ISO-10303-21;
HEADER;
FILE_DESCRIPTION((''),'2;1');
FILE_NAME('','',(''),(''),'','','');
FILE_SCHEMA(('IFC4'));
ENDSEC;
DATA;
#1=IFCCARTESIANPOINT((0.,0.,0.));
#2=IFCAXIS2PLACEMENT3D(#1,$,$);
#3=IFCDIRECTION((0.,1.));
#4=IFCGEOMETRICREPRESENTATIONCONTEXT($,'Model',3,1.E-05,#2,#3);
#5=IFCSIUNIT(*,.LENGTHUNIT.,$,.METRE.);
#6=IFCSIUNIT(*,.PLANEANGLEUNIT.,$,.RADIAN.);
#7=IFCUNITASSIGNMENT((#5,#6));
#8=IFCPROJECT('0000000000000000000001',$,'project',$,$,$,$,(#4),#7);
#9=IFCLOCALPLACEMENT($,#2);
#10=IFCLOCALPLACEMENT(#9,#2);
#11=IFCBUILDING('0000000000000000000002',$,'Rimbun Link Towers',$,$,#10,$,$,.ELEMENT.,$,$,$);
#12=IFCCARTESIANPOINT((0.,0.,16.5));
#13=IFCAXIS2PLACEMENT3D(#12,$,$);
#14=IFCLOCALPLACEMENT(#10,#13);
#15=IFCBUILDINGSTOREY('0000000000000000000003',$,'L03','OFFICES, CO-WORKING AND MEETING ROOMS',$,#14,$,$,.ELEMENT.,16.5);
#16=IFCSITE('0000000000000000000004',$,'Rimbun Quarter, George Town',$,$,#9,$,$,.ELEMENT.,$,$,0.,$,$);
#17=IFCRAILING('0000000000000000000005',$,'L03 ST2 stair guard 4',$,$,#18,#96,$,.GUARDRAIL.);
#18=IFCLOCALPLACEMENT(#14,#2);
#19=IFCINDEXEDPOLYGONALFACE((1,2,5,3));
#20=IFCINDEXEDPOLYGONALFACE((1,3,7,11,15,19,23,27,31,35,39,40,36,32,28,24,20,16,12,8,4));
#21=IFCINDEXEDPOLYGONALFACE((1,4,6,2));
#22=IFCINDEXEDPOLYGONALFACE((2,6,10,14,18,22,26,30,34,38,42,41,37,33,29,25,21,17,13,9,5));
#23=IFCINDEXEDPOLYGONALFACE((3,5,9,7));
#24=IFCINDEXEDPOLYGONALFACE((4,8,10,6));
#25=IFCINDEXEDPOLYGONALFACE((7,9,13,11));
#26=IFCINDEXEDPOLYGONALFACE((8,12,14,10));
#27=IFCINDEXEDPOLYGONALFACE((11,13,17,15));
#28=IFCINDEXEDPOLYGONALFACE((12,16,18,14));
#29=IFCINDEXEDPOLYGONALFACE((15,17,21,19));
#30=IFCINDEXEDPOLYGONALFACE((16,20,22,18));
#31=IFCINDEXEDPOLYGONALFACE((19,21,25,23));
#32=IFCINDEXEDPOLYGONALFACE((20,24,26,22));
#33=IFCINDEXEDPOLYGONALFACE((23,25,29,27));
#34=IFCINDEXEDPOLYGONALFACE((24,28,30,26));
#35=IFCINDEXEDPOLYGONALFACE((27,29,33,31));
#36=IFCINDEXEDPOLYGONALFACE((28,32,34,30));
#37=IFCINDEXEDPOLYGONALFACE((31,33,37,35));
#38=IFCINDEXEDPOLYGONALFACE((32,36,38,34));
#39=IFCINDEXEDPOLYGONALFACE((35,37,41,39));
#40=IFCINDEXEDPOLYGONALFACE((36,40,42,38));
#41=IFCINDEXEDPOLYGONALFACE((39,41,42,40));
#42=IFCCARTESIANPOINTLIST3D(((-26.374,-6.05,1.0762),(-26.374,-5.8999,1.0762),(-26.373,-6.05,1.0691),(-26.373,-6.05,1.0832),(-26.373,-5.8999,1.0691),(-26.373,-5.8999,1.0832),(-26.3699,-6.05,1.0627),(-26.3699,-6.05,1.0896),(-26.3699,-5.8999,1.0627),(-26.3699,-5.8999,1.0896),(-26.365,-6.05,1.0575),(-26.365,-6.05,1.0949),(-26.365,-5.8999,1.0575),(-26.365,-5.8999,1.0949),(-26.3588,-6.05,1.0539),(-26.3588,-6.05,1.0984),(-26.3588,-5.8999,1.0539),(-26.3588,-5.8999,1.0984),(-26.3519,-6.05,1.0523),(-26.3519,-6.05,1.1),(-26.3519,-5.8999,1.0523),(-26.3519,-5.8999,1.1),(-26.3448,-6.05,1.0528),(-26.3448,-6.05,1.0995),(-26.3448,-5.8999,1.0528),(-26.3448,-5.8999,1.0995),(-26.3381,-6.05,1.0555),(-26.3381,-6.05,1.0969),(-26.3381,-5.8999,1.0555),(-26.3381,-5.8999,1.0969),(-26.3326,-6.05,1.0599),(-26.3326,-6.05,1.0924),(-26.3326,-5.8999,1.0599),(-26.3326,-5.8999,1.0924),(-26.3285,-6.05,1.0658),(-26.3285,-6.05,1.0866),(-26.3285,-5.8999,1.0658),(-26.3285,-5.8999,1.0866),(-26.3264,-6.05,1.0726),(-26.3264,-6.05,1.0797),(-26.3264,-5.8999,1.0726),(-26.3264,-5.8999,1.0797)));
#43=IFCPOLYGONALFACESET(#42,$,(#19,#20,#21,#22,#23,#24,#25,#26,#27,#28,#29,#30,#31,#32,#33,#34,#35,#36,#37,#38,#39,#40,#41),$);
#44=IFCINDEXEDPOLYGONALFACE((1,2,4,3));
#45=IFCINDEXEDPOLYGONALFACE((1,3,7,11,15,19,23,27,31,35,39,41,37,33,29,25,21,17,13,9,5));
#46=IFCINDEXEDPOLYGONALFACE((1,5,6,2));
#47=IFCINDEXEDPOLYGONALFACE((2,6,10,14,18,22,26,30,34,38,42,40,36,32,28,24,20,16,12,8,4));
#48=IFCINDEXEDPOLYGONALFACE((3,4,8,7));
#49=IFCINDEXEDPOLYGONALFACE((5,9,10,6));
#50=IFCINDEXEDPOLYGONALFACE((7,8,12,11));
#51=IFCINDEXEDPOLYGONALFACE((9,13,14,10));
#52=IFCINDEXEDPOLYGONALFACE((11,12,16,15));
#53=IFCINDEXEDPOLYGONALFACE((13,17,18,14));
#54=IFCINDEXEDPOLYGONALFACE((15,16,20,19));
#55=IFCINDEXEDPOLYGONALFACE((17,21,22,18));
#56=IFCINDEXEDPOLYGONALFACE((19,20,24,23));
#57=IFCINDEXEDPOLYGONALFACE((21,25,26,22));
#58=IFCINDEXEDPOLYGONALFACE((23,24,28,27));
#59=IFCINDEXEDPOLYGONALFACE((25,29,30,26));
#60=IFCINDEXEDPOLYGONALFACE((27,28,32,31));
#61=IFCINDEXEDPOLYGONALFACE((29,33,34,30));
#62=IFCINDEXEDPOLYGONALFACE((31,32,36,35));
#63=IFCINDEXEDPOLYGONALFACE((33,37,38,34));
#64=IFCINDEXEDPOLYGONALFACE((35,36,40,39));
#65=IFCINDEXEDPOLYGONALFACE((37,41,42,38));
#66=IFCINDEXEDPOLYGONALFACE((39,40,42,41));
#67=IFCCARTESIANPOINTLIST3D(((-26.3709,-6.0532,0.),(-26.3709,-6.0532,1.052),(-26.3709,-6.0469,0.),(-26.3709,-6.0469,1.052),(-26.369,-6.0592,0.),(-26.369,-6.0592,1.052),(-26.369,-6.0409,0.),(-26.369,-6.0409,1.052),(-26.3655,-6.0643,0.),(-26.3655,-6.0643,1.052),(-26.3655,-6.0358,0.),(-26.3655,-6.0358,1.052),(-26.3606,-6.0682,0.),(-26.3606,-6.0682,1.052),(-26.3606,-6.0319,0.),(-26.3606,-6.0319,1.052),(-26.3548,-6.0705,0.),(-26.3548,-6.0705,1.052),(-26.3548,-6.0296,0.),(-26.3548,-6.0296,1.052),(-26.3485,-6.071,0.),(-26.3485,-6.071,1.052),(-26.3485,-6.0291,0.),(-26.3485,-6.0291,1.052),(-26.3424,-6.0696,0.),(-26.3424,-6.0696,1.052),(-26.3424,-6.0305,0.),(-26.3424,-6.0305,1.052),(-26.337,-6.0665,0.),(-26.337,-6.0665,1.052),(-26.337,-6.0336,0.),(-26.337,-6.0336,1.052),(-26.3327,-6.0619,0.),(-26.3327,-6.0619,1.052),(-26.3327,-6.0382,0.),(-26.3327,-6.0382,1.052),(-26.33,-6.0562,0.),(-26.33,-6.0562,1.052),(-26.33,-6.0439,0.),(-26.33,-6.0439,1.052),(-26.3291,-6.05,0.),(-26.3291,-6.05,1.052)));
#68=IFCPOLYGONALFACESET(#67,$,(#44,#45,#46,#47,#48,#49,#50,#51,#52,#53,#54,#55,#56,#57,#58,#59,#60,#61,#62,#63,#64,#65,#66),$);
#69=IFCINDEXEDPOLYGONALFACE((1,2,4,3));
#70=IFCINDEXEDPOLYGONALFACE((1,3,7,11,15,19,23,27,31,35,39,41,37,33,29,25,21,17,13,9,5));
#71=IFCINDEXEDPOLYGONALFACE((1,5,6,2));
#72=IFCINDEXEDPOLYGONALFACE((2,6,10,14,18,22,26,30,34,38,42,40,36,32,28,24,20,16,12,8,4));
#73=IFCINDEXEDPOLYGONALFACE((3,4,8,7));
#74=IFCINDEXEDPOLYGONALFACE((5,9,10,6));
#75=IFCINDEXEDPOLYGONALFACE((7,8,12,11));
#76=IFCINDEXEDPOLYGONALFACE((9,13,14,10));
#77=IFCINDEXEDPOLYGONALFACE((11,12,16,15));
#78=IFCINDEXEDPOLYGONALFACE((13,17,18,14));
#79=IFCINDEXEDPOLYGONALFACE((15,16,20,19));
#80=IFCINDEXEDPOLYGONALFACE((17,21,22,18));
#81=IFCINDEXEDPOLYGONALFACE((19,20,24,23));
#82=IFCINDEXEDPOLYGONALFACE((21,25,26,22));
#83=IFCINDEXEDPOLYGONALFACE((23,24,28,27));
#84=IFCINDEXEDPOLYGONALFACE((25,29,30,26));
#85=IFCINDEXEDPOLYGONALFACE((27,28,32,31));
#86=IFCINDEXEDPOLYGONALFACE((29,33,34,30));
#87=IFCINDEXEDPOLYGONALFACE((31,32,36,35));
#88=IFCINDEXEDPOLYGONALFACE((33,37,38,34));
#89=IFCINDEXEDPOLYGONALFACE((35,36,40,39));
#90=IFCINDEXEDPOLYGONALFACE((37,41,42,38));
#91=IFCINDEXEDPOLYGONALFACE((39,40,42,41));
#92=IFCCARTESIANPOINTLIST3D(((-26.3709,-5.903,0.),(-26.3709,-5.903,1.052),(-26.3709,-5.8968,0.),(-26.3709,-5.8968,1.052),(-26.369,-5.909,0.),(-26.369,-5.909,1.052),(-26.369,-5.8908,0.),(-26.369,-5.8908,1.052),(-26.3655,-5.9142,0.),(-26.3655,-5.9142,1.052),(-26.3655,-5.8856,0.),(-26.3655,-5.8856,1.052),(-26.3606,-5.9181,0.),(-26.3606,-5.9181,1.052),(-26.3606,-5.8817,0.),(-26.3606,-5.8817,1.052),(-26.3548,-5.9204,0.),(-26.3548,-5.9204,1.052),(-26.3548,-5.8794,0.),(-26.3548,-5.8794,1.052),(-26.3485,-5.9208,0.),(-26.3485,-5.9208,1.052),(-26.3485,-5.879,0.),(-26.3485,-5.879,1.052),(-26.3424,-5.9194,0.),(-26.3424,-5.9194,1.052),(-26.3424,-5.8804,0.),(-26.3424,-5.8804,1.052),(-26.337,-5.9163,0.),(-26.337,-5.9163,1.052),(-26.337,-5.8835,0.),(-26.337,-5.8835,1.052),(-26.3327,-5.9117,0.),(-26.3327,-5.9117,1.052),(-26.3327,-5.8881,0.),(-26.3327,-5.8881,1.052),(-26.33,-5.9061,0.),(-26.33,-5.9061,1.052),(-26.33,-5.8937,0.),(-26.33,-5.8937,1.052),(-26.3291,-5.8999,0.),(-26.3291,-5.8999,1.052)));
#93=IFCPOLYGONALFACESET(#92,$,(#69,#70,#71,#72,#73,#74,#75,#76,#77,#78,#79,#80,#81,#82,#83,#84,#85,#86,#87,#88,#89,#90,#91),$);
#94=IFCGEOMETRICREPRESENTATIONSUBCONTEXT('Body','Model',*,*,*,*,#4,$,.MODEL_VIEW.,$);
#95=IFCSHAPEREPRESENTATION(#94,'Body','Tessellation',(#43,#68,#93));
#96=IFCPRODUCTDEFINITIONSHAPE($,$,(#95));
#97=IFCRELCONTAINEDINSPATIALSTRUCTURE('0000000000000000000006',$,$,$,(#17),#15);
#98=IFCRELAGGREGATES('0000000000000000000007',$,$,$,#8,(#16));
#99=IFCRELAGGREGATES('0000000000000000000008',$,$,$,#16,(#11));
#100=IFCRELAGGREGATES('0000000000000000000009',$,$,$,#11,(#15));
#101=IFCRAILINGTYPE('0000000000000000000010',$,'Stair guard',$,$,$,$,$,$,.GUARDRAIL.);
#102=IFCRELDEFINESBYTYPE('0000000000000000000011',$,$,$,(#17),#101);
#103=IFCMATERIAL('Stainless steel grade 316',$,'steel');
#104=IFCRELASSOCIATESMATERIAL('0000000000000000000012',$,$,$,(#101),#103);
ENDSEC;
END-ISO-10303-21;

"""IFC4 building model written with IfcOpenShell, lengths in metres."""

from ifc_helpers import new_model, si_unit, direction, frame, origin, origin_2d, place, context, subcontext, project, spatial, circle, extrude, material, type_object, element, save


model = new_model("IFC4")

# Units and contexts
model_context = context("Model", 3, precision=1e-05, world=origin(), true_north=direction((0.0, 1.0)))
body_context = subcontext(model_context, "Body", "Model", "MODEL_VIEW")
ifc_project = project(units=[si_unit("LENGTHUNIT", "METRE"), si_unit("PLANEANGLEUNIT", "RADIAN")], contexts=[model_context])

# Site, building, storey
site_placement = place(None, origin())
site = spatial("IfcSite", under=ifc_project, at=site_placement, Name="Rimbun Quarter, George Town", CompositionType="ELEMENT", RefElevation=0.0)
building_placement = place(site_placement, origin())
building = spatial("IfcBuilding", under=site, at=building_placement, Name="Rimbun Link Towers", CompositionType="ELEMENT")
storey_placement = place(building_placement, frame((0.0, 0.0, 16.5)))
storey = spatial("IfcBuildingStorey", under=building, at=storey_placement, Name="L03", Description="OFFICES, CO-WORKING AND MEETING ROOMS", CompositionType="ELEMENT", Elevation=16.5)

# Railing
ifc_material_1 = material(Name="Stainless steel grade 316", Category="steel")
railing_type_1 = type_object("IfcRailingType", Name="Stair guard", PredefinedType="GUARDRAIL", material=ifc_material_1)
railing_1_placement = place(storey_placement, frame((-26.3501, -6.05, 0.0)))
element("IfcRailing", 1, at=railing_1_placement, inside=storey, type_object=railing_type_1, Name="L03 ST2 stair guard 4", PredefinedType="GUARDRAIL", context=body_context, shape_type="SweptSolid", body=[
    extrude(circle(Radius=0.0239, at=origin_2d()), frame((0.0, 0.0, 1.0762), z_axis=(0.0, 1.0, 0.0), x_axis=(-1.0, 0.0, 0.0)), (0.0, 0.0, 1.0), 0.1501),
    extrude(circle(Radius=0.021, at=origin_2d()), origin(), (0.0, 0.0, 1.0), 1.052),
    extrude(circle(Radius=0.021, at=origin_2d()), frame((0.0, 0.1501, 0.0)), (0.0, 0.0, 1.0), 1.052),
])

save(model, "model.ifc")
